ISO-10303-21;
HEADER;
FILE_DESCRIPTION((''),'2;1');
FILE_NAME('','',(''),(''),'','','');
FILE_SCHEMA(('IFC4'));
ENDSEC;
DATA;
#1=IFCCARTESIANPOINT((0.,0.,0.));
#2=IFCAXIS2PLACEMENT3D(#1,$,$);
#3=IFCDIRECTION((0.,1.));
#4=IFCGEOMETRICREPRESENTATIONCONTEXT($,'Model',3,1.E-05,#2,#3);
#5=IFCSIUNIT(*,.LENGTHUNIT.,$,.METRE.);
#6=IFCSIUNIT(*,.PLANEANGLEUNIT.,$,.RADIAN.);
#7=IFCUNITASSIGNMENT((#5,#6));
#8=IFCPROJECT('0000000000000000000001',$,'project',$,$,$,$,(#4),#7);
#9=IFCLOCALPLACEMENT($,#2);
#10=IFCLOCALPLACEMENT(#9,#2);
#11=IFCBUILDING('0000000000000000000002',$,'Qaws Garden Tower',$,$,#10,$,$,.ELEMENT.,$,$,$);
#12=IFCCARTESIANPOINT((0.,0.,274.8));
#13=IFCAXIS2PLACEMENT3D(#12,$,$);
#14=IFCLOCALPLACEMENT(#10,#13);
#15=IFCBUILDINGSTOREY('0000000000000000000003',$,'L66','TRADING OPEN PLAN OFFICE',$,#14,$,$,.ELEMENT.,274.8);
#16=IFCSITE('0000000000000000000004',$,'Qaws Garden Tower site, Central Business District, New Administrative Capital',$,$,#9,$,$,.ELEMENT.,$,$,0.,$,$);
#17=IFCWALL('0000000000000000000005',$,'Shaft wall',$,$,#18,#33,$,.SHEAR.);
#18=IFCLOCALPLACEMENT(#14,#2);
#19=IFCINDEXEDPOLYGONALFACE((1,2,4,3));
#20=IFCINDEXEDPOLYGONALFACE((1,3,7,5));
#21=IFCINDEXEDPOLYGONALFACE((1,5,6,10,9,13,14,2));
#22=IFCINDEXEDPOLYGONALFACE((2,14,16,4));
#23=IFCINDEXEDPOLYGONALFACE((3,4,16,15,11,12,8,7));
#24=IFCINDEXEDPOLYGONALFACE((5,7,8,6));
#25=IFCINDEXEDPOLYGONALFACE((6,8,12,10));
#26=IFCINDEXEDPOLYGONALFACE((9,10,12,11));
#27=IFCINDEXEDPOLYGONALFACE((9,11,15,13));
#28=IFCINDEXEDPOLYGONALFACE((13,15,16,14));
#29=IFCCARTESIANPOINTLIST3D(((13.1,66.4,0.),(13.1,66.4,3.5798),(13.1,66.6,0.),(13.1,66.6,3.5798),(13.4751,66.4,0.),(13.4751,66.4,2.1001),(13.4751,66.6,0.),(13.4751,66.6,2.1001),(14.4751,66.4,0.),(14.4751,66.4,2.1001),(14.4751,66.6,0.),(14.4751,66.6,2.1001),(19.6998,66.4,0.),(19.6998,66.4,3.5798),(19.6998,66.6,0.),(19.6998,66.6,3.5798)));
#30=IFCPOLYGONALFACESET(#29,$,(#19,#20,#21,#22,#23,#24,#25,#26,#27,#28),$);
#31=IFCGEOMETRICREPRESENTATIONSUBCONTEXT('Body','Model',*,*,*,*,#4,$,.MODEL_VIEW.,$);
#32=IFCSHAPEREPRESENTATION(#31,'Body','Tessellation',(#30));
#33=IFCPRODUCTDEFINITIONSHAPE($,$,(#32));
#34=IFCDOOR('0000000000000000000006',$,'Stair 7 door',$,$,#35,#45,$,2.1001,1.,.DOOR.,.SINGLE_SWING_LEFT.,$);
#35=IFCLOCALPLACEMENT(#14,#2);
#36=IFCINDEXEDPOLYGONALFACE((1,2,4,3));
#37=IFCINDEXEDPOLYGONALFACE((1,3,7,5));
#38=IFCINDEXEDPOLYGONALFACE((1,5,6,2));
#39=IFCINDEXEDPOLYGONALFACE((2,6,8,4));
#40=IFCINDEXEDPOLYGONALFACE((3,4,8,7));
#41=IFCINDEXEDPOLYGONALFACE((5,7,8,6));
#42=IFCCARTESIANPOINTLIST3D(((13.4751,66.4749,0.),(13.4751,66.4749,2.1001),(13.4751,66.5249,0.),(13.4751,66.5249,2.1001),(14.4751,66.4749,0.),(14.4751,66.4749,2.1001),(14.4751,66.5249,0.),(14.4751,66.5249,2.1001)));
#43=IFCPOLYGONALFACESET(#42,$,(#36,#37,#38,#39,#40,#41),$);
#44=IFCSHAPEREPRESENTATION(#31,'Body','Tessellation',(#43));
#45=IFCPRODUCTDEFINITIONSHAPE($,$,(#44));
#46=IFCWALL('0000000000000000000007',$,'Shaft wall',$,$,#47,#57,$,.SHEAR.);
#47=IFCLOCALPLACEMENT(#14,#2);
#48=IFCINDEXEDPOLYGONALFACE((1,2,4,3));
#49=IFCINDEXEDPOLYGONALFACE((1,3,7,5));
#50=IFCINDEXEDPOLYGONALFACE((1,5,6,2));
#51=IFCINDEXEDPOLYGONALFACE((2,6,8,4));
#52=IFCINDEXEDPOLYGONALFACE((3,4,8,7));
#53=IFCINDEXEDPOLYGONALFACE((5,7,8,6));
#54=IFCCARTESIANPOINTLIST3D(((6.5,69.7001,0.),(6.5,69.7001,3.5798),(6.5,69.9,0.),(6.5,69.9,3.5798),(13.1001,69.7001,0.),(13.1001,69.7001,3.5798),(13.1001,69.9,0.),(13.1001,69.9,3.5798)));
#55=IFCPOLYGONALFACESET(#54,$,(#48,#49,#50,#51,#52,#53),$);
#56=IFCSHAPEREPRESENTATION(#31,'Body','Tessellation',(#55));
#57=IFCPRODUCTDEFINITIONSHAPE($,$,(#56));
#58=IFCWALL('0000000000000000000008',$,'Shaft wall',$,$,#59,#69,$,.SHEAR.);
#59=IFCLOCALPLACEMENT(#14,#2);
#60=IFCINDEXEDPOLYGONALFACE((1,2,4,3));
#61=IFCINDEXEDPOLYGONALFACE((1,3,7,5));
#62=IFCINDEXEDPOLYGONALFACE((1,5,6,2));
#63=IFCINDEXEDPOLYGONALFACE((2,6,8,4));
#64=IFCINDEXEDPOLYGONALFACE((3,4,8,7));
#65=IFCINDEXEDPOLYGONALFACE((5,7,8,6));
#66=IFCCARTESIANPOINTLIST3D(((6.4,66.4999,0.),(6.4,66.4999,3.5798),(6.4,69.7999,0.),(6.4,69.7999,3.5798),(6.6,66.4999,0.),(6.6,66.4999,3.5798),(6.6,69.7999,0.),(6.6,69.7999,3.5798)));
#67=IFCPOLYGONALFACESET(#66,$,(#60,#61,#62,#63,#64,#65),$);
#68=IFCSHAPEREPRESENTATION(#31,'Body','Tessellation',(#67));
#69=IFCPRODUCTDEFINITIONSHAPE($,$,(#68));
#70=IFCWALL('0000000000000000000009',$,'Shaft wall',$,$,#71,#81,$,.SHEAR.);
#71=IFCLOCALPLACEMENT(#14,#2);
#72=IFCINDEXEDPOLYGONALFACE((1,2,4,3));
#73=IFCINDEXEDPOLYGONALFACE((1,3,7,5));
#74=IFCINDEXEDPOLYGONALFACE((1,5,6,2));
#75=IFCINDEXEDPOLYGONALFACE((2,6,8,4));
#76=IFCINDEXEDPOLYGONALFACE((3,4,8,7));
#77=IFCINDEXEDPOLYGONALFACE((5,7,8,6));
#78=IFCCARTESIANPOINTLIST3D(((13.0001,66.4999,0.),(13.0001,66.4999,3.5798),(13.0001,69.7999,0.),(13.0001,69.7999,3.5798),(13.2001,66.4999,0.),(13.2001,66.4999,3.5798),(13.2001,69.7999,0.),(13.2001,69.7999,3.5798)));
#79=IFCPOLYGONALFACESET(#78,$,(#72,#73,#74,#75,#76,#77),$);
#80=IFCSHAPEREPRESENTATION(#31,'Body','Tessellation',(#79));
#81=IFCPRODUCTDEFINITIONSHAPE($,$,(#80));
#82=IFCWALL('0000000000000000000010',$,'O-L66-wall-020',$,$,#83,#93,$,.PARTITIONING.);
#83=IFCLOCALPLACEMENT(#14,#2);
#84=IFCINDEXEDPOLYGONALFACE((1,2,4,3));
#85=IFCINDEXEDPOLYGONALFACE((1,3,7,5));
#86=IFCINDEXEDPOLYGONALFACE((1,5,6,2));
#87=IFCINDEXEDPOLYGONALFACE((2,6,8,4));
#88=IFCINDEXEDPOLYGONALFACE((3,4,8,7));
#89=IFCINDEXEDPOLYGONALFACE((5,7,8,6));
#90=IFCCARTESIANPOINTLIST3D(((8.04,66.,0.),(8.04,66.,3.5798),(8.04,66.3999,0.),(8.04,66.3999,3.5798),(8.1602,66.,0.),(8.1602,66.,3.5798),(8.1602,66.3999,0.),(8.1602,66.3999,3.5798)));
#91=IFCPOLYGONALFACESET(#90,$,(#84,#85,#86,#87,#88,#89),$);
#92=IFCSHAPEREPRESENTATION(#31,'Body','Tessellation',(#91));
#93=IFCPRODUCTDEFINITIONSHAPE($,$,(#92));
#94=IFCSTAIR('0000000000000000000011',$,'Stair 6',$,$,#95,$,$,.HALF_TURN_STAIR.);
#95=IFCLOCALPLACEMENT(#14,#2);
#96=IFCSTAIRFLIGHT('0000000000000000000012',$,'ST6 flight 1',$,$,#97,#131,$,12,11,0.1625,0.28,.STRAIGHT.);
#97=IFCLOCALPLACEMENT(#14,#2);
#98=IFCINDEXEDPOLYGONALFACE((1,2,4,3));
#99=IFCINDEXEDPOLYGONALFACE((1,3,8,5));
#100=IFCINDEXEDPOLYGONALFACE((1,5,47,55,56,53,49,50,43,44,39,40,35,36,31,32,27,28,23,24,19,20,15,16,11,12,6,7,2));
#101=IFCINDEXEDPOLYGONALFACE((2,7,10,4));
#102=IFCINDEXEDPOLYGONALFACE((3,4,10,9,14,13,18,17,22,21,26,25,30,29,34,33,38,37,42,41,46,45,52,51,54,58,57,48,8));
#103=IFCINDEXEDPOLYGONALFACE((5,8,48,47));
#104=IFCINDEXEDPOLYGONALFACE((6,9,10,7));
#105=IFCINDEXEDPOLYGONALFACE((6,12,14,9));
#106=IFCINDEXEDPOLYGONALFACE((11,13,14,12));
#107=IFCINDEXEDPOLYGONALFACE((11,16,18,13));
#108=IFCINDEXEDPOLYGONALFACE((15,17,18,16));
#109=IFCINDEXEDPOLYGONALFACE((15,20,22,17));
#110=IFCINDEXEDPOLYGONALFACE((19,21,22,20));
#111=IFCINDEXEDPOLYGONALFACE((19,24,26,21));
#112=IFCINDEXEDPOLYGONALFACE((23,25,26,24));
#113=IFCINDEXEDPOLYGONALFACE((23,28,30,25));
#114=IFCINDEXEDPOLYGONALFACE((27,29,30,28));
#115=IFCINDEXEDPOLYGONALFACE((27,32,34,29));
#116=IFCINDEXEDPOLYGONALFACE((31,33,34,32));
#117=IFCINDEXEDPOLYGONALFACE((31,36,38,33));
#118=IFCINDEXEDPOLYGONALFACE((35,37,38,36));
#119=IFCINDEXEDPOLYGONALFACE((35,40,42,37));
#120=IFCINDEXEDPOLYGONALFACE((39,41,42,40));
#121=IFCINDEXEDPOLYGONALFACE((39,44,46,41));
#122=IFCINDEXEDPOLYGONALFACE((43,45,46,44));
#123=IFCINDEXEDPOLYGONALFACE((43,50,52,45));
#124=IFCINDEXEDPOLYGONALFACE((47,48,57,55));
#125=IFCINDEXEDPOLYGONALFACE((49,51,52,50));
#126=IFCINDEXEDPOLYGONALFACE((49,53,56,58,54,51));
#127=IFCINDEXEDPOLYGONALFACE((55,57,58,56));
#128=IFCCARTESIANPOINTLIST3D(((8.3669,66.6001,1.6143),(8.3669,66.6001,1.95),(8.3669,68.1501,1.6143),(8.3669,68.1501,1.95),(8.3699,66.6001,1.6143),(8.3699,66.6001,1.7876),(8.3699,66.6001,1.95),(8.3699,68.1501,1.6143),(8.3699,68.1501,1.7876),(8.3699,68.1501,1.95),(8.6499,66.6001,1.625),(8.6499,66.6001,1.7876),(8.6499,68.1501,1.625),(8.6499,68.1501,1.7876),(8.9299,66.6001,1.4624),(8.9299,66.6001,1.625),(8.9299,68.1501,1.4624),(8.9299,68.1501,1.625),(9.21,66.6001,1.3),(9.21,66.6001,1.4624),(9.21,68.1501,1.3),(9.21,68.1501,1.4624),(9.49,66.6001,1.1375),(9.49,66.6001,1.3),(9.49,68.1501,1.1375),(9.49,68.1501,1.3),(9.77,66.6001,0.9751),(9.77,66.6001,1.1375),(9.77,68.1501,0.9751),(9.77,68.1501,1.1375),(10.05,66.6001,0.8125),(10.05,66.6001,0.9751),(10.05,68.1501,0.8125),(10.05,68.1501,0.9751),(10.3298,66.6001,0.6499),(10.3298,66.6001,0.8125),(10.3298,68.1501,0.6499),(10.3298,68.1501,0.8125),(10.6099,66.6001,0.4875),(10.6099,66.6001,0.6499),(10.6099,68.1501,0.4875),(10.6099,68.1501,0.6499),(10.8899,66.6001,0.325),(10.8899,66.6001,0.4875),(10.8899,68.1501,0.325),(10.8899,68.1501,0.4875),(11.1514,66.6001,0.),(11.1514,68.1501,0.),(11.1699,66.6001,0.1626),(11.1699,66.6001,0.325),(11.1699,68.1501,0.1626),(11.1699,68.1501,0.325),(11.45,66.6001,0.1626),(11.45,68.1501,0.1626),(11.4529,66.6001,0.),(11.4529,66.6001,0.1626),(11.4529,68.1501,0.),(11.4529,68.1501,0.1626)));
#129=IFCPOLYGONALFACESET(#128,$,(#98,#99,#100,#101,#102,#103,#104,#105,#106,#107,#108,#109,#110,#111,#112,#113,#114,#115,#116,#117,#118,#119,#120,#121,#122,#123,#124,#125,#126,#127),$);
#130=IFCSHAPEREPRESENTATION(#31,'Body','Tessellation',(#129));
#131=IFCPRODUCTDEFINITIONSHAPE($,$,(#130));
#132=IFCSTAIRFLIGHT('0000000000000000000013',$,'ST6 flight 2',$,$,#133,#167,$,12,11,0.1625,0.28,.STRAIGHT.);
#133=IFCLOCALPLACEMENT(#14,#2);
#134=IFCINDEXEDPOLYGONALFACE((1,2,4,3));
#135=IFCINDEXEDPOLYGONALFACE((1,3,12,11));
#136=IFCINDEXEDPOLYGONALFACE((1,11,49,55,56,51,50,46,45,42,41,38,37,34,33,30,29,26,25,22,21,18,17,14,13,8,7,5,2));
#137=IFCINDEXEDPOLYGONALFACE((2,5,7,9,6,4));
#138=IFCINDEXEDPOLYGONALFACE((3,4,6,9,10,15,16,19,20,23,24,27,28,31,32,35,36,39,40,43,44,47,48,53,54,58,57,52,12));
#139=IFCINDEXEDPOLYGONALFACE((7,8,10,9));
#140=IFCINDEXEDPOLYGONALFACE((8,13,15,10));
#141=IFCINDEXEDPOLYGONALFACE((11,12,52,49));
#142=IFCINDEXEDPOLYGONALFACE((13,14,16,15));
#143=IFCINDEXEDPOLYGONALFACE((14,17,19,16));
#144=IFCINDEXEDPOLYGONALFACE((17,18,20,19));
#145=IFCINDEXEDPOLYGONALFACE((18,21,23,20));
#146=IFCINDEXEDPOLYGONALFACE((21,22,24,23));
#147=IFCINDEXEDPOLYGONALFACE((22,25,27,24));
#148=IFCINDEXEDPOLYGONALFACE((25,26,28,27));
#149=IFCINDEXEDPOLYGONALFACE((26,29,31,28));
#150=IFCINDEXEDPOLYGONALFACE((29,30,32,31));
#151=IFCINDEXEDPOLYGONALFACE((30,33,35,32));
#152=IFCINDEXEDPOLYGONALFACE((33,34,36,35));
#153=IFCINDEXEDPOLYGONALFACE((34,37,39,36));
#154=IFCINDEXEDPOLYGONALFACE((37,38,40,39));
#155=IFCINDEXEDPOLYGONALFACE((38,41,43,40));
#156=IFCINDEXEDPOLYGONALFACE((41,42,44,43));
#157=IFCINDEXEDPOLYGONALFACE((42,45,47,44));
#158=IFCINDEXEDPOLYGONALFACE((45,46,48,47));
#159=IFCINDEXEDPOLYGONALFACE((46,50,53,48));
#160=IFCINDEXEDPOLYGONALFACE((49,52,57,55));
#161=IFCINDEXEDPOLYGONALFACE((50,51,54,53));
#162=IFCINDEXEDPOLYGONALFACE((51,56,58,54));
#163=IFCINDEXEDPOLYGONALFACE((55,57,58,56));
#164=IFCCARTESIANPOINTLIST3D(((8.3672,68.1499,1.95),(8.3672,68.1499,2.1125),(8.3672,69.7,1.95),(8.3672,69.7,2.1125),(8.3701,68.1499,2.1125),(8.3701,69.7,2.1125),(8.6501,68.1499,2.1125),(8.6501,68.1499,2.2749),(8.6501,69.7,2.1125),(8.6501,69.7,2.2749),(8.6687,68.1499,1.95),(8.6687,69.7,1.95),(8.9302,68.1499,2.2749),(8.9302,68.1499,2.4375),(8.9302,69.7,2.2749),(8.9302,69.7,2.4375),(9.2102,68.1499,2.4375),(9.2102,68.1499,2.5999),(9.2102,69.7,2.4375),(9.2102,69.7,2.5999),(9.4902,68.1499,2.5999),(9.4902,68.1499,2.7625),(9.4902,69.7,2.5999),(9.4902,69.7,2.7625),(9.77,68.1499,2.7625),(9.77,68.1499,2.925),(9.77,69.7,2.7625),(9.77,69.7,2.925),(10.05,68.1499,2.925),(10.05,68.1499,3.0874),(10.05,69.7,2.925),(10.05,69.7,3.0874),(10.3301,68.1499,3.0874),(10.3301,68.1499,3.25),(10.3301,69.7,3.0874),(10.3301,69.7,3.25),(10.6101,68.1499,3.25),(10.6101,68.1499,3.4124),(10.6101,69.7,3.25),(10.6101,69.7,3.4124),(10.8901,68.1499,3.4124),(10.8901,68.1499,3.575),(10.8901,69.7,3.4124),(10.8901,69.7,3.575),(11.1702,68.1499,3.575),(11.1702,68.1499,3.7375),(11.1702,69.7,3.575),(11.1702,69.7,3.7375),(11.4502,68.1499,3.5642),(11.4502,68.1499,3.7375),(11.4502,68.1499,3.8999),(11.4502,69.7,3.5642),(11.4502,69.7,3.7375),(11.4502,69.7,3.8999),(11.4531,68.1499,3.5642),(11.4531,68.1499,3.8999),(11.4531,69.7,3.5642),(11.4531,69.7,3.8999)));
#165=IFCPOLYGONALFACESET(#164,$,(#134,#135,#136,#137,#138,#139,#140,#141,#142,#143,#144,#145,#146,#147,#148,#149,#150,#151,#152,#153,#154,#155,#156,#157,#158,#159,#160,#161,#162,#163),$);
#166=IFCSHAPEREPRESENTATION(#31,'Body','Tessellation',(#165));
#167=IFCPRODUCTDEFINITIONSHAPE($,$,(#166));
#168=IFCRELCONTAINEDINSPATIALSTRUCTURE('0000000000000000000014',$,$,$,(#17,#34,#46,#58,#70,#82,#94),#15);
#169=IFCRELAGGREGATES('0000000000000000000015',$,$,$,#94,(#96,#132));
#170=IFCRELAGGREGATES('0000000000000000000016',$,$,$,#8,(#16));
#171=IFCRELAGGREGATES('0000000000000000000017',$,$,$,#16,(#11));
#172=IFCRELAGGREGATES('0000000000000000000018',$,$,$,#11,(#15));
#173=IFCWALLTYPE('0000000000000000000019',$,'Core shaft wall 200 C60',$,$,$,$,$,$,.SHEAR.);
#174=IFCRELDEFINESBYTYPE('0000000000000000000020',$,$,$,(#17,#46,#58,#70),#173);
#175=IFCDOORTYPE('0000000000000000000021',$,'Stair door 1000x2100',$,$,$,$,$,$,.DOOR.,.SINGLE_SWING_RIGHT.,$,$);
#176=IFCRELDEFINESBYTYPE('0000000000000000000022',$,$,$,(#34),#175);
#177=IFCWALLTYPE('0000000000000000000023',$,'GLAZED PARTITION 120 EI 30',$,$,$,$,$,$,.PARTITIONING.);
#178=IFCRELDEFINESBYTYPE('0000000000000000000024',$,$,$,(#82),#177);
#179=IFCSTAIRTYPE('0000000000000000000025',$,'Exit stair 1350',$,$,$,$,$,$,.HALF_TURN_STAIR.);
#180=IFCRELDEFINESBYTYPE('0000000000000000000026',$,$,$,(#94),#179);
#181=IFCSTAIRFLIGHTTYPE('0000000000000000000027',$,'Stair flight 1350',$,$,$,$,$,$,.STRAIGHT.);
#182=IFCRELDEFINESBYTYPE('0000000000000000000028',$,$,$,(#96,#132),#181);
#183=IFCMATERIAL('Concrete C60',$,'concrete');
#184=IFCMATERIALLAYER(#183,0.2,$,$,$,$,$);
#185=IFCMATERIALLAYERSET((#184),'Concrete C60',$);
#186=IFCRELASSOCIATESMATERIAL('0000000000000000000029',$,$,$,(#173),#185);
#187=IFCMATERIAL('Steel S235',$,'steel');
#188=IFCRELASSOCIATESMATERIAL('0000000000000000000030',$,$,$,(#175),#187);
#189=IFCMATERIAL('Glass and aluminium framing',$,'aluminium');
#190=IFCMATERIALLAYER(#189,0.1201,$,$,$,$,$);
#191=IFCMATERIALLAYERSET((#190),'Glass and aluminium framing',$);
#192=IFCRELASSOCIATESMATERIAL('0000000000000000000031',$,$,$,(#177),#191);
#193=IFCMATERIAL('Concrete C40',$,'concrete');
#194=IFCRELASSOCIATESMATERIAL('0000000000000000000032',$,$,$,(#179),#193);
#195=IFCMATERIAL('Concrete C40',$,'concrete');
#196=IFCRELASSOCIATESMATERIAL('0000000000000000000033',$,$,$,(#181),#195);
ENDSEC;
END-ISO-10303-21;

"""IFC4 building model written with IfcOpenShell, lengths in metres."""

from ifc_helpers import new_model, si_unit, direction, frame, frame_2d, origin, place, context, subcontext, project, spatial, polyline, rectangle, outline, extrude, material, layer, layer_set, type_object, element, fill, aggregate, save


model = new_model("IFC4")

# Units and contexts
model_context = context("Model", 3, precision=1e-05, world=origin(), true_north=direction((0.0, 1.0)))
body_context = subcontext(model_context, "Body", "Model", "MODEL_VIEW")
ifc_project = project(units=[si_unit("LENGTHUNIT", "METRE"), si_unit("PLANEANGLEUNIT", "RADIAN")], contexts=[model_context])

# Site, building, storey
site_placement = place(None, origin())
site = spatial("IfcSite", under=ifc_project, at=site_placement, Name="Qaws Garden Tower site, Central Business District, New Administrative Capital", CompositionType="ELEMENT", RefElevation=0.0)
building_placement = place(site_placement, origin())
building = spatial("IfcBuilding", under=site, at=building_placement, Name="Qaws Garden Tower", CompositionType="ELEMENT")
storey_placement = place(building_placement, frame((0.0, 0.0, 274.8)))
storey = spatial("IfcBuildingStorey", under=building, at=storey_placement, Name="L66", Description="TRADING OPEN PLAN OFFICE", CompositionType="ELEMENT", Elevation=274.8)

# Wall, opening, door
ifc_material_1 = material(Name="Concrete C60", Category="concrete")
ifc_layer_1 = layer(ifc_material_1, 0.2)
ifc_layer_set_1 = layer_set([ifc_layer_1], Name="Concrete C60")
wall_type_1 = type_object("IfcWallType", Name="Core shaft wall 200 C60", PredefinedType="SHEAR", material=ifc_layer_set_1)
ifc_material_2 = material(Name="Steel S235", Category="steel")
door_type = type_object("IfcDoorType", Name="Stair door 1000x2100", OperationType="SINGLE_SWING_RIGHT", PredefinedType="DOOR", material=ifc_material_2)
wall_1_placement = place(storey_placement, frame((13.1001, 66.5, 0.0), z_axis=(0.0, 0.0, 1.0), x_axis=(1.0, 0.0, 0.0)))
wall_1 = element("IfcWall", 1, at=wall_1_placement, inside=storey, type_object=wall_type_1, Name="Shaft wall", PredefinedType="SHEAR", context=body_context, shape_type="SweptSolid", body=[
    extrude(rectangle(XDim=6.5999, YDim=0.2, at=frame_2d((3.2998, 0.0))), origin(), (0.0, 0.0, 1.0), 3.5798),
])
opening_1_placement = place(wall_1_placement, frame((0.375, 0.0, 0.0)))
opening_1 = element("IfcOpeningElement", 2, at=opening_1_placement, cuts=wall_1, PredefinedType="OPENING", context=body_context, shape_type="SweptSolid", body=[
    extrude(rectangle(XDim=1.0, YDim=2.1001, at=frame_2d((0.5, 1.05))), frame((0.0, 0.1099, 0.0), z_axis=(0.0, -1.0, 0.0), x_axis=(1.0, 0.0, 0.0)), (0.0, 0.0, 1.0), 0.22),
])
door_1_placement = place(opening_1_placement, origin())
door_1 = element("IfcDoor", 3, at=door_1_placement, inside=storey, type_object=door_type, Name="Stair 7 door", OperationType="SINGLE_SWING_LEFT", OverallHeight=2.1001, OverallWidth=1.0, PredefinedType="DOOR", context=body_context, shape_type="SweptSolid", body=[
    extrude(rectangle(XDim=1.0, YDim=2.1001, at=frame_2d((0.5, 1.05))), frame((0.0, 0.0249, 0.0), z_axis=(0.0, -1.0, 0.0), x_axis=(1.0, 0.0, 0.0)), (0.0, 0.0, 1.0), 0.05),
])
fill(opening_1, door_1)

# Walls
wall_2_placement = place(storey_placement, frame((6.5, 69.8, 0.0), z_axis=(0.0, 0.0, 1.0), x_axis=(1.0, 0.0, 0.0)))
element("IfcWall", 4, at=wall_2_placement, inside=storey, type_object=wall_type_1, Name="Shaft wall", PredefinedType="SHEAR", context=body_context, shape_type="SweptSolid", body=[
    extrude(rectangle(XDim=6.6001, YDim=0.2, at=frame_2d((3.3, 0.0))), origin(), (0.0, 0.0, 1.0), 3.5798),
])
for number, where, z_axis, x_axis, name in (
    (5, (6.5, 66.5, 0.0), (0.0, 0.0, 1.0), (0.0, 1.0, 0.0), "Shaft wall"),
    (6, (13.1001, 66.5, 0.0), (0.0, 0.0, 1.0), (0.0, 1.0, 0.0), "Shaft wall"),
):
    element("IfcWall", number, at=place(storey_placement, frame(where, z_axis=z_axis, x_axis=x_axis)), inside=storey, type_object=wall_type_1, Name=name, PredefinedType="SHEAR", context=body_context, shape_type="SweptSolid", body=[
        extrude(rectangle(XDim=3.3, YDim=0.2, at=frame_2d((1.6499, 0.0))), origin(), (0.0, 0.0, 1.0), 3.5798),
    ])
ifc_material_3 = material(Name="Glass and aluminium framing", Category="aluminium")
ifc_layer_2 = layer(ifc_material_3, 0.1201)
ifc_layer_set_2 = layer_set([ifc_layer_2], Name="Glass and aluminium framing")
wall_type_2 = type_object("IfcWallType", Name="GLAZED PARTITION 120 EI 30", PredefinedType="PARTITIONING", material=ifc_layer_set_2)
wall_3_placement = place(storey_placement, frame((8.1001, 66.0, 0.0), z_axis=(0.0, 0.0, 1.0), x_axis=(0.0, 1.0, 0.0)))
element("IfcWall", 7, at=wall_3_placement, inside=storey, type_object=wall_type_2, Name="O-L66-wall-020", PredefinedType="PARTITIONING", context=body_context, shape_type="SweptSolid", body=[
    extrude(rectangle(XDim=0.3999, YDim=0.1201, at=frame_2d((0.2, 0.0))), origin(), (0.0, 0.0, 1.0), 3.5798),
])

# Stair, stair flights
ifc_material_4 = material(Name="Concrete C40", Category="concrete")
stair_type = type_object("IfcStairType", Name="Exit stair 1350", PredefinedType="HALF_TURN_STAIR", material=ifc_material_4)
stair_placement = place(storey_placement, origin())
stair = element("IfcStair", 8, at=stair_placement, inside=storey, type_object=stair_type, Name="Stair 6", PredefinedType="HALF_TURN_STAIR")
ifc_material_5 = material(Name="Concrete C40", Category="concrete")
stair_flight_type = type_object("IfcStairFlightType", Name="Stair flight 1350", PredefinedType="STRAIGHT", material=ifc_material_5)
stair_flight_1_placement = place(storey_placement, frame((11.45, 67.375, 0.0), z_axis=(0.0, 0.0, 1.0), x_axis=(-1.0, 0.0, 0.0)))
stair_flight_1 = element("IfcStairFlight", 9, at=stair_flight_1_placement, type_object=stair_flight_type, Name="ST6 flight 1", NumberOfRisers=12, NumberOfTreads=11, PredefinedType="STRAIGHT", RiserHeight=0.1625, TreadLength=0.28, context=body_context, shape_type="SweptSolid", body=[
    extrude(outline(polyline([(-0.0029, 0.0), (-0.0029, 0.1626), (0.0, 0.1626), (0.28, 0.1626), (0.28, 0.325), (0.5601, 0.325), (0.5601, 0.4875), (0.8401, 0.4875), (0.8401, 0.6499), (1.1201, 0.6499), (1.1201, 0.8125), (1.3999, 0.8125), (1.3999, 0.9751), (1.6799, 0.9751), (1.6799, 1.1375), (1.96, 1.1375), (1.96, 1.3), (2.24, 1.3), (2.24, 1.4624), (2.52, 1.4624), (2.52, 1.625), (2.8, 1.625), (2.8, 1.7876), (3.0801, 1.7876), (3.0801, 1.95), (3.083, 1.95), (3.083, 1.6143), (3.0801, 1.6143), (0.2986, 0.0), (-0.0029, 0.0)])), frame((0.0, 0.7749, 0.0), z_axis=(0.0, -1.0, 0.0), x_axis=(1.0, 0.0, 0.0)), (0.0, 0.0, 1.0), 1.55),
])
stair_flight_2_placement = place(storey_placement, frame((8.3701, 68.925, 1.95), z_axis=(0.0, 0.0, 1.0), x_axis=(1.0, 0.0, 0.0)))
stair_flight_2 = element("IfcStairFlight", 10, at=stair_flight_2_placement, type_object=stair_flight_type, Name="ST6 flight 2", NumberOfRisers=12, NumberOfTreads=11, PredefinedType="STRAIGHT", RiserHeight=0.1625, TreadLength=0.28, context=body_context, shape_type="SweptSolid", body=[
    extrude(outline(polyline([(-0.0029, 0.0), (-0.0029, 0.1626), (0.0, 0.1626), (0.28, 0.1626), (0.28, 0.325), (0.5601, 0.325), (0.5601, 0.4875), (0.8401, 0.4875), (0.8401, 0.6499), (1.1201, 0.6499), (1.1201, 0.8125), (1.3999, 0.8125), (1.3999, 0.9751), (1.6799, 0.9751), (1.6799, 1.1375), (1.96, 1.1375), (1.96, 1.3), (2.24, 1.3), (2.24, 1.4624), (2.52, 1.4624), (2.52, 1.625), (2.8, 1.625), (2.8, 1.7876), (3.0801, 1.7876), (3.0801, 1.95), (3.083, 1.95), (3.083, 1.6143), (3.0801, 1.6143), (0.2986, 0.0), (-0.0029, 0.0)])), frame((0.0, 0.7749, 0.0), z_axis=(0.0, -1.0, 0.0), x_axis=(1.0, 0.0, 0.0)), (0.0, 0.0, 1.0), 1.55),
])
aggregate(stair, [stair_flight_1, stair_flight_2])

save(model, "model.ifc")
